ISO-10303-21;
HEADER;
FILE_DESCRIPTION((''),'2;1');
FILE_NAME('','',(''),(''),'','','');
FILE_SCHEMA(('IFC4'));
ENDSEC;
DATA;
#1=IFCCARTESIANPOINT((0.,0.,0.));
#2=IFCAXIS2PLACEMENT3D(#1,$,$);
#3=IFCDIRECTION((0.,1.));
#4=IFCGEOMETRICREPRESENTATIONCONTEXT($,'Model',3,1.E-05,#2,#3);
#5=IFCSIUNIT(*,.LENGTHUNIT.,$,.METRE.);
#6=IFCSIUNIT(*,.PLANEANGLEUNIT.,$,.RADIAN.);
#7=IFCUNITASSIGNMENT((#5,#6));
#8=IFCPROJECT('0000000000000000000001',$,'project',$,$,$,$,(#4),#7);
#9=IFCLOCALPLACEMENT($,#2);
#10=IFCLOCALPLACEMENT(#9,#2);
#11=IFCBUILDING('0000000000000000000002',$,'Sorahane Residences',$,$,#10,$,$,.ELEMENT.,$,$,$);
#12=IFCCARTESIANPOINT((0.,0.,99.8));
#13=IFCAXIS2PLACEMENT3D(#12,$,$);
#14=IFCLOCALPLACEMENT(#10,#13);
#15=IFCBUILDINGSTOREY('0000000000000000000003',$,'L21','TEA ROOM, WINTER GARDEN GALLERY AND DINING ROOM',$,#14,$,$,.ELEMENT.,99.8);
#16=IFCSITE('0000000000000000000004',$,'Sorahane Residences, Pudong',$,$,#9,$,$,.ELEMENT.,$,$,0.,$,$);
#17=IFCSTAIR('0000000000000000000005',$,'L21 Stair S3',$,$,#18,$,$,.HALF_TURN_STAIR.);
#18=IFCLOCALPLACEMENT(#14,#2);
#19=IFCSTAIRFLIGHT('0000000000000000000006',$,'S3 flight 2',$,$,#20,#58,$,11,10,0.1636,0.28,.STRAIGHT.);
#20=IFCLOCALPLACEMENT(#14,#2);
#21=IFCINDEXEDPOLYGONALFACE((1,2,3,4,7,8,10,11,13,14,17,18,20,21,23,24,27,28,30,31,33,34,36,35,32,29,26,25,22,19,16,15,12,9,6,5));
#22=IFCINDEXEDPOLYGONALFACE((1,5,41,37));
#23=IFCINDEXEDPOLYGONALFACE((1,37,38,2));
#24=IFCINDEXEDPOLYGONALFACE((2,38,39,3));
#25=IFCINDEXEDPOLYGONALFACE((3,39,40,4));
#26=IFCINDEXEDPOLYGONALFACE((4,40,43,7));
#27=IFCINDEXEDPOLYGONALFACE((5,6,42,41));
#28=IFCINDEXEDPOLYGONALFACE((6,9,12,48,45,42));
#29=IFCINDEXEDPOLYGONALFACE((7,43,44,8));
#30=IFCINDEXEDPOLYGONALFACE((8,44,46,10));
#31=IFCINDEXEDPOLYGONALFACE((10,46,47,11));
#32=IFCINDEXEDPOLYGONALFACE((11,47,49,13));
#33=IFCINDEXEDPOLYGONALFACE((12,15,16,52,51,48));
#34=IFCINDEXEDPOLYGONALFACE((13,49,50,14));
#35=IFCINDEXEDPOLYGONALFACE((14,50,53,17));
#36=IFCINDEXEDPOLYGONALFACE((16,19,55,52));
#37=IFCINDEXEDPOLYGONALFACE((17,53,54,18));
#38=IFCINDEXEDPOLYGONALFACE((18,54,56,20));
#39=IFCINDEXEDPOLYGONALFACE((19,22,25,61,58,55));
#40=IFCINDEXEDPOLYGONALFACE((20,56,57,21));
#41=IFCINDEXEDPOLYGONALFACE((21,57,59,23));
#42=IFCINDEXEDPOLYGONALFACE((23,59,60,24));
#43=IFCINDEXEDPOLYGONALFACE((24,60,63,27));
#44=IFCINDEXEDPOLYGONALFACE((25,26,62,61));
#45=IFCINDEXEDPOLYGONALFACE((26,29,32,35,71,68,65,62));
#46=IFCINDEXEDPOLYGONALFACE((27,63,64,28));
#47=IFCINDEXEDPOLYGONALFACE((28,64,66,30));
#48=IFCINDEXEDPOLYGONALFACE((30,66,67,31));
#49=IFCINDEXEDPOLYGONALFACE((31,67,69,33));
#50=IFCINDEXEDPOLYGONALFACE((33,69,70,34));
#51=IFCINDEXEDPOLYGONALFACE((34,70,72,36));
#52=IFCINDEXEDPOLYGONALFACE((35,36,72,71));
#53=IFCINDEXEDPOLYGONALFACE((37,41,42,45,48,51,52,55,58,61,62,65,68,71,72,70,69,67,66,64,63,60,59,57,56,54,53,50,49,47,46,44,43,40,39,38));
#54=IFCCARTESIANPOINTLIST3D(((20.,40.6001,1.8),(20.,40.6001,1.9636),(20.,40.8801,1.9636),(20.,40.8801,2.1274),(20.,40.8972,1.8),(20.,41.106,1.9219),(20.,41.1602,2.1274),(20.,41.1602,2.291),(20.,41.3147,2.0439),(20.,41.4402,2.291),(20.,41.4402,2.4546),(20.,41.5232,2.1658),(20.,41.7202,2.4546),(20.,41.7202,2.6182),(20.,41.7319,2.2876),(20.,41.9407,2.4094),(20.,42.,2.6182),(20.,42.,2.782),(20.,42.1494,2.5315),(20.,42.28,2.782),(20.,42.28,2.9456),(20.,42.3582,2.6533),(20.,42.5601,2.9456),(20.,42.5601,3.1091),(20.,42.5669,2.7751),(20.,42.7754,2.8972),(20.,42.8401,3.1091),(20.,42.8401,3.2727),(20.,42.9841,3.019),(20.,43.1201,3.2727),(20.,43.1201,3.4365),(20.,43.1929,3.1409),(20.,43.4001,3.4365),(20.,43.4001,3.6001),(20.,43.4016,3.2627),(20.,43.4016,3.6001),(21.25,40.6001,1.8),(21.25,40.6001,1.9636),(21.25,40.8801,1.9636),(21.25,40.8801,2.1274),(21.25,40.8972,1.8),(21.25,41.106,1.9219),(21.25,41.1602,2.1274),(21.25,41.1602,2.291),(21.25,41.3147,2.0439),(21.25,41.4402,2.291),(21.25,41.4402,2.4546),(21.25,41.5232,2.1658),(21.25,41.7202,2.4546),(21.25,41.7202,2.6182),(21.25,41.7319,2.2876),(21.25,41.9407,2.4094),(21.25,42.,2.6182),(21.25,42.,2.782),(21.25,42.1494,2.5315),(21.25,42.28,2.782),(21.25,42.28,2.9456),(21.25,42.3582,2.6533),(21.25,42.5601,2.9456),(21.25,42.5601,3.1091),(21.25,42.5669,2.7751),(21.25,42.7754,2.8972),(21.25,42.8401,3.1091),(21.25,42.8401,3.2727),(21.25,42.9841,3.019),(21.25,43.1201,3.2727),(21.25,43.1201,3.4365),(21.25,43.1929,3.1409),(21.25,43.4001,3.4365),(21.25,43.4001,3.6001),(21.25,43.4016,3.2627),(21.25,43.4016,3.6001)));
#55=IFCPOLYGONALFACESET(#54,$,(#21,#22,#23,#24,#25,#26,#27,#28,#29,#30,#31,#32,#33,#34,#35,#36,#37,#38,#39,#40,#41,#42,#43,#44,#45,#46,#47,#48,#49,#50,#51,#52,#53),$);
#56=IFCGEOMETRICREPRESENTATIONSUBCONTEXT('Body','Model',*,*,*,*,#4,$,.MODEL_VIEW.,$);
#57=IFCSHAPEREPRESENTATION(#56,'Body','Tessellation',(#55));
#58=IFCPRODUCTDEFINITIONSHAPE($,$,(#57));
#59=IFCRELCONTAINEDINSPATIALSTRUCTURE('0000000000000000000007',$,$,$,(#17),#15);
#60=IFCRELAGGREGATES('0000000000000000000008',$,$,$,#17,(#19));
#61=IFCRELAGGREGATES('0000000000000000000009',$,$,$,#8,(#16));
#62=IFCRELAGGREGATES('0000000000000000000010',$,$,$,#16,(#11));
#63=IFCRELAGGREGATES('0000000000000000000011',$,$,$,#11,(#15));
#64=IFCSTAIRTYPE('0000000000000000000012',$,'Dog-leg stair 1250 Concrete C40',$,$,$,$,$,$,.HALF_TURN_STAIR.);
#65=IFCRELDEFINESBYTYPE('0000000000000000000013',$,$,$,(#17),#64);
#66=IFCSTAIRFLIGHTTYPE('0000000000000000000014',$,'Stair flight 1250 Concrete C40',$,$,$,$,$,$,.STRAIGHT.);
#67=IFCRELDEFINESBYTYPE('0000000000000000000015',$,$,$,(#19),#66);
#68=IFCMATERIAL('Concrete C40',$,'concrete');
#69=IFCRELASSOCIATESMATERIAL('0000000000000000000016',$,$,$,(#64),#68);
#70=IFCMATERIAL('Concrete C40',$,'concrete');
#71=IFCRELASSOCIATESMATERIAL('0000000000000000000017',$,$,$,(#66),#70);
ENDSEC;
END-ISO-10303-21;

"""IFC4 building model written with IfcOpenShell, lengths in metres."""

from ifc_helpers import new_model, si_unit, direction, frame, origin, place, context, subcontext, project, spatial, polyline, outline, extrude, material, type_object, element, aggregate, save


model = new_model("IFC4")

# Units and contexts
model_context = context("Model", 3, precision=1e-05, world=origin(), true_north=direction((0.0, 1.0)))
body_context = subcontext(model_context, "Body", "Model", "MODEL_VIEW")
ifc_project = project(units=[si_unit("LENGTHUNIT", "METRE"), si_unit("PLANEANGLEUNIT", "RADIAN")], contexts=[model_context])

# Site, building, storey
site_placement = place(None, origin())
site = spatial("IfcSite", under=ifc_project, at=site_placement, Name="Sorahane Residences, Pudong", CompositionType="ELEMENT", RefElevation=0.0)
building_placement = place(site_placement, origin())
building = spatial("IfcBuilding", under=site, at=building_placement, Name="Sorahane Residences", CompositionType="ELEMENT")
storey_placement = place(building_placement, frame((0.0, 0.0, 99.8)))
storey = spatial("IfcBuildingStorey", under=building, at=storey_placement, Name="L21", Description="TEA ROOM, WINTER GARDEN GALLERY AND DINING ROOM", CompositionType="ELEMENT", Elevation=99.8)

# Stair, stair flight
ifc_material_1 = material(Name="Concrete C40", Category="concrete")
stair_type = type_object("IfcStairType", Name="Dog-leg stair 1250 Concrete C40", PredefinedType="HALF_TURN_STAIR", material=ifc_material_1)
stair_placement = place(storey_placement, origin())
stair = element("IfcStair", 1, at=stair_placement, inside=storey, type_object=stair_type, Name="L21 Stair S3", PredefinedType="HALF_TURN_STAIR")
ifc_material_2 = material(Name="Concrete C40", Category="concrete")
stair_flight_type = type_object("IfcStairFlightType", Name="Stair flight 1250 Concrete C40", PredefinedType="STRAIGHT", material=ifc_material_2)
stair_flight_placement = place(storey_placement, frame((20.625, 40.6001, 1.8), z_axis=(0.0, 0.0, 1.0), x_axis=(0.0, 1.0, 0.0)))
stair_flight = element("IfcStairFlight", 2, at=stair_flight_placement, type_object=stair_flight_type, Name="S3 flight 2", NumberOfRisers=11, NumberOfTreads=10, PredefinedType="STRAIGHT", RiserHeight=0.1636, TreadLength=0.28, context=body_context, shape_type="SweptSolid", body=[
    extrude(outline(polyline([(0.0, 0.0), (0.0, 0.1636), (0.28, 0.1636), (0.28, 0.3274), (0.5601, 0.3274), (0.5601, 0.491), (0.8401, 0.491), (0.8401, 0.6545), (1.1201, 0.6545), (1.1201, 0.8181), (1.3999, 0.8181), (1.3999, 0.9819), (1.6799, 0.9819), (1.6799, 1.1455), (1.96, 1.1455), (1.96, 1.3091), (2.24, 1.3091), (2.24, 1.4727), (2.52, 1.4727), (2.52, 1.6365), (2.8, 1.6365), (2.8, 1.8), (2.8015, 1.8), (2.8015, 1.4626), (2.5928, 1.3408), (2.384, 1.219), (2.1753, 1.0972), (1.9668, 0.9751), (1.7581, 0.8533), (1.5493, 0.7314), (1.3406, 0.6094), (1.1318, 0.4875), (0.9231, 0.3657), (0.7146, 0.2439), (0.5059, 0.1218), (0.2971, 0.0), (0.0, 0.0)])), frame((0.0, 0.625, 0.0), z_axis=(0.0, -1.0, 0.0), x_axis=(1.0, 0.0, 0.0)), (0.0, 0.0, 1.0), 1.25),
])
aggregate(stair, [stair_flight])

save(model, "model.ifc")
